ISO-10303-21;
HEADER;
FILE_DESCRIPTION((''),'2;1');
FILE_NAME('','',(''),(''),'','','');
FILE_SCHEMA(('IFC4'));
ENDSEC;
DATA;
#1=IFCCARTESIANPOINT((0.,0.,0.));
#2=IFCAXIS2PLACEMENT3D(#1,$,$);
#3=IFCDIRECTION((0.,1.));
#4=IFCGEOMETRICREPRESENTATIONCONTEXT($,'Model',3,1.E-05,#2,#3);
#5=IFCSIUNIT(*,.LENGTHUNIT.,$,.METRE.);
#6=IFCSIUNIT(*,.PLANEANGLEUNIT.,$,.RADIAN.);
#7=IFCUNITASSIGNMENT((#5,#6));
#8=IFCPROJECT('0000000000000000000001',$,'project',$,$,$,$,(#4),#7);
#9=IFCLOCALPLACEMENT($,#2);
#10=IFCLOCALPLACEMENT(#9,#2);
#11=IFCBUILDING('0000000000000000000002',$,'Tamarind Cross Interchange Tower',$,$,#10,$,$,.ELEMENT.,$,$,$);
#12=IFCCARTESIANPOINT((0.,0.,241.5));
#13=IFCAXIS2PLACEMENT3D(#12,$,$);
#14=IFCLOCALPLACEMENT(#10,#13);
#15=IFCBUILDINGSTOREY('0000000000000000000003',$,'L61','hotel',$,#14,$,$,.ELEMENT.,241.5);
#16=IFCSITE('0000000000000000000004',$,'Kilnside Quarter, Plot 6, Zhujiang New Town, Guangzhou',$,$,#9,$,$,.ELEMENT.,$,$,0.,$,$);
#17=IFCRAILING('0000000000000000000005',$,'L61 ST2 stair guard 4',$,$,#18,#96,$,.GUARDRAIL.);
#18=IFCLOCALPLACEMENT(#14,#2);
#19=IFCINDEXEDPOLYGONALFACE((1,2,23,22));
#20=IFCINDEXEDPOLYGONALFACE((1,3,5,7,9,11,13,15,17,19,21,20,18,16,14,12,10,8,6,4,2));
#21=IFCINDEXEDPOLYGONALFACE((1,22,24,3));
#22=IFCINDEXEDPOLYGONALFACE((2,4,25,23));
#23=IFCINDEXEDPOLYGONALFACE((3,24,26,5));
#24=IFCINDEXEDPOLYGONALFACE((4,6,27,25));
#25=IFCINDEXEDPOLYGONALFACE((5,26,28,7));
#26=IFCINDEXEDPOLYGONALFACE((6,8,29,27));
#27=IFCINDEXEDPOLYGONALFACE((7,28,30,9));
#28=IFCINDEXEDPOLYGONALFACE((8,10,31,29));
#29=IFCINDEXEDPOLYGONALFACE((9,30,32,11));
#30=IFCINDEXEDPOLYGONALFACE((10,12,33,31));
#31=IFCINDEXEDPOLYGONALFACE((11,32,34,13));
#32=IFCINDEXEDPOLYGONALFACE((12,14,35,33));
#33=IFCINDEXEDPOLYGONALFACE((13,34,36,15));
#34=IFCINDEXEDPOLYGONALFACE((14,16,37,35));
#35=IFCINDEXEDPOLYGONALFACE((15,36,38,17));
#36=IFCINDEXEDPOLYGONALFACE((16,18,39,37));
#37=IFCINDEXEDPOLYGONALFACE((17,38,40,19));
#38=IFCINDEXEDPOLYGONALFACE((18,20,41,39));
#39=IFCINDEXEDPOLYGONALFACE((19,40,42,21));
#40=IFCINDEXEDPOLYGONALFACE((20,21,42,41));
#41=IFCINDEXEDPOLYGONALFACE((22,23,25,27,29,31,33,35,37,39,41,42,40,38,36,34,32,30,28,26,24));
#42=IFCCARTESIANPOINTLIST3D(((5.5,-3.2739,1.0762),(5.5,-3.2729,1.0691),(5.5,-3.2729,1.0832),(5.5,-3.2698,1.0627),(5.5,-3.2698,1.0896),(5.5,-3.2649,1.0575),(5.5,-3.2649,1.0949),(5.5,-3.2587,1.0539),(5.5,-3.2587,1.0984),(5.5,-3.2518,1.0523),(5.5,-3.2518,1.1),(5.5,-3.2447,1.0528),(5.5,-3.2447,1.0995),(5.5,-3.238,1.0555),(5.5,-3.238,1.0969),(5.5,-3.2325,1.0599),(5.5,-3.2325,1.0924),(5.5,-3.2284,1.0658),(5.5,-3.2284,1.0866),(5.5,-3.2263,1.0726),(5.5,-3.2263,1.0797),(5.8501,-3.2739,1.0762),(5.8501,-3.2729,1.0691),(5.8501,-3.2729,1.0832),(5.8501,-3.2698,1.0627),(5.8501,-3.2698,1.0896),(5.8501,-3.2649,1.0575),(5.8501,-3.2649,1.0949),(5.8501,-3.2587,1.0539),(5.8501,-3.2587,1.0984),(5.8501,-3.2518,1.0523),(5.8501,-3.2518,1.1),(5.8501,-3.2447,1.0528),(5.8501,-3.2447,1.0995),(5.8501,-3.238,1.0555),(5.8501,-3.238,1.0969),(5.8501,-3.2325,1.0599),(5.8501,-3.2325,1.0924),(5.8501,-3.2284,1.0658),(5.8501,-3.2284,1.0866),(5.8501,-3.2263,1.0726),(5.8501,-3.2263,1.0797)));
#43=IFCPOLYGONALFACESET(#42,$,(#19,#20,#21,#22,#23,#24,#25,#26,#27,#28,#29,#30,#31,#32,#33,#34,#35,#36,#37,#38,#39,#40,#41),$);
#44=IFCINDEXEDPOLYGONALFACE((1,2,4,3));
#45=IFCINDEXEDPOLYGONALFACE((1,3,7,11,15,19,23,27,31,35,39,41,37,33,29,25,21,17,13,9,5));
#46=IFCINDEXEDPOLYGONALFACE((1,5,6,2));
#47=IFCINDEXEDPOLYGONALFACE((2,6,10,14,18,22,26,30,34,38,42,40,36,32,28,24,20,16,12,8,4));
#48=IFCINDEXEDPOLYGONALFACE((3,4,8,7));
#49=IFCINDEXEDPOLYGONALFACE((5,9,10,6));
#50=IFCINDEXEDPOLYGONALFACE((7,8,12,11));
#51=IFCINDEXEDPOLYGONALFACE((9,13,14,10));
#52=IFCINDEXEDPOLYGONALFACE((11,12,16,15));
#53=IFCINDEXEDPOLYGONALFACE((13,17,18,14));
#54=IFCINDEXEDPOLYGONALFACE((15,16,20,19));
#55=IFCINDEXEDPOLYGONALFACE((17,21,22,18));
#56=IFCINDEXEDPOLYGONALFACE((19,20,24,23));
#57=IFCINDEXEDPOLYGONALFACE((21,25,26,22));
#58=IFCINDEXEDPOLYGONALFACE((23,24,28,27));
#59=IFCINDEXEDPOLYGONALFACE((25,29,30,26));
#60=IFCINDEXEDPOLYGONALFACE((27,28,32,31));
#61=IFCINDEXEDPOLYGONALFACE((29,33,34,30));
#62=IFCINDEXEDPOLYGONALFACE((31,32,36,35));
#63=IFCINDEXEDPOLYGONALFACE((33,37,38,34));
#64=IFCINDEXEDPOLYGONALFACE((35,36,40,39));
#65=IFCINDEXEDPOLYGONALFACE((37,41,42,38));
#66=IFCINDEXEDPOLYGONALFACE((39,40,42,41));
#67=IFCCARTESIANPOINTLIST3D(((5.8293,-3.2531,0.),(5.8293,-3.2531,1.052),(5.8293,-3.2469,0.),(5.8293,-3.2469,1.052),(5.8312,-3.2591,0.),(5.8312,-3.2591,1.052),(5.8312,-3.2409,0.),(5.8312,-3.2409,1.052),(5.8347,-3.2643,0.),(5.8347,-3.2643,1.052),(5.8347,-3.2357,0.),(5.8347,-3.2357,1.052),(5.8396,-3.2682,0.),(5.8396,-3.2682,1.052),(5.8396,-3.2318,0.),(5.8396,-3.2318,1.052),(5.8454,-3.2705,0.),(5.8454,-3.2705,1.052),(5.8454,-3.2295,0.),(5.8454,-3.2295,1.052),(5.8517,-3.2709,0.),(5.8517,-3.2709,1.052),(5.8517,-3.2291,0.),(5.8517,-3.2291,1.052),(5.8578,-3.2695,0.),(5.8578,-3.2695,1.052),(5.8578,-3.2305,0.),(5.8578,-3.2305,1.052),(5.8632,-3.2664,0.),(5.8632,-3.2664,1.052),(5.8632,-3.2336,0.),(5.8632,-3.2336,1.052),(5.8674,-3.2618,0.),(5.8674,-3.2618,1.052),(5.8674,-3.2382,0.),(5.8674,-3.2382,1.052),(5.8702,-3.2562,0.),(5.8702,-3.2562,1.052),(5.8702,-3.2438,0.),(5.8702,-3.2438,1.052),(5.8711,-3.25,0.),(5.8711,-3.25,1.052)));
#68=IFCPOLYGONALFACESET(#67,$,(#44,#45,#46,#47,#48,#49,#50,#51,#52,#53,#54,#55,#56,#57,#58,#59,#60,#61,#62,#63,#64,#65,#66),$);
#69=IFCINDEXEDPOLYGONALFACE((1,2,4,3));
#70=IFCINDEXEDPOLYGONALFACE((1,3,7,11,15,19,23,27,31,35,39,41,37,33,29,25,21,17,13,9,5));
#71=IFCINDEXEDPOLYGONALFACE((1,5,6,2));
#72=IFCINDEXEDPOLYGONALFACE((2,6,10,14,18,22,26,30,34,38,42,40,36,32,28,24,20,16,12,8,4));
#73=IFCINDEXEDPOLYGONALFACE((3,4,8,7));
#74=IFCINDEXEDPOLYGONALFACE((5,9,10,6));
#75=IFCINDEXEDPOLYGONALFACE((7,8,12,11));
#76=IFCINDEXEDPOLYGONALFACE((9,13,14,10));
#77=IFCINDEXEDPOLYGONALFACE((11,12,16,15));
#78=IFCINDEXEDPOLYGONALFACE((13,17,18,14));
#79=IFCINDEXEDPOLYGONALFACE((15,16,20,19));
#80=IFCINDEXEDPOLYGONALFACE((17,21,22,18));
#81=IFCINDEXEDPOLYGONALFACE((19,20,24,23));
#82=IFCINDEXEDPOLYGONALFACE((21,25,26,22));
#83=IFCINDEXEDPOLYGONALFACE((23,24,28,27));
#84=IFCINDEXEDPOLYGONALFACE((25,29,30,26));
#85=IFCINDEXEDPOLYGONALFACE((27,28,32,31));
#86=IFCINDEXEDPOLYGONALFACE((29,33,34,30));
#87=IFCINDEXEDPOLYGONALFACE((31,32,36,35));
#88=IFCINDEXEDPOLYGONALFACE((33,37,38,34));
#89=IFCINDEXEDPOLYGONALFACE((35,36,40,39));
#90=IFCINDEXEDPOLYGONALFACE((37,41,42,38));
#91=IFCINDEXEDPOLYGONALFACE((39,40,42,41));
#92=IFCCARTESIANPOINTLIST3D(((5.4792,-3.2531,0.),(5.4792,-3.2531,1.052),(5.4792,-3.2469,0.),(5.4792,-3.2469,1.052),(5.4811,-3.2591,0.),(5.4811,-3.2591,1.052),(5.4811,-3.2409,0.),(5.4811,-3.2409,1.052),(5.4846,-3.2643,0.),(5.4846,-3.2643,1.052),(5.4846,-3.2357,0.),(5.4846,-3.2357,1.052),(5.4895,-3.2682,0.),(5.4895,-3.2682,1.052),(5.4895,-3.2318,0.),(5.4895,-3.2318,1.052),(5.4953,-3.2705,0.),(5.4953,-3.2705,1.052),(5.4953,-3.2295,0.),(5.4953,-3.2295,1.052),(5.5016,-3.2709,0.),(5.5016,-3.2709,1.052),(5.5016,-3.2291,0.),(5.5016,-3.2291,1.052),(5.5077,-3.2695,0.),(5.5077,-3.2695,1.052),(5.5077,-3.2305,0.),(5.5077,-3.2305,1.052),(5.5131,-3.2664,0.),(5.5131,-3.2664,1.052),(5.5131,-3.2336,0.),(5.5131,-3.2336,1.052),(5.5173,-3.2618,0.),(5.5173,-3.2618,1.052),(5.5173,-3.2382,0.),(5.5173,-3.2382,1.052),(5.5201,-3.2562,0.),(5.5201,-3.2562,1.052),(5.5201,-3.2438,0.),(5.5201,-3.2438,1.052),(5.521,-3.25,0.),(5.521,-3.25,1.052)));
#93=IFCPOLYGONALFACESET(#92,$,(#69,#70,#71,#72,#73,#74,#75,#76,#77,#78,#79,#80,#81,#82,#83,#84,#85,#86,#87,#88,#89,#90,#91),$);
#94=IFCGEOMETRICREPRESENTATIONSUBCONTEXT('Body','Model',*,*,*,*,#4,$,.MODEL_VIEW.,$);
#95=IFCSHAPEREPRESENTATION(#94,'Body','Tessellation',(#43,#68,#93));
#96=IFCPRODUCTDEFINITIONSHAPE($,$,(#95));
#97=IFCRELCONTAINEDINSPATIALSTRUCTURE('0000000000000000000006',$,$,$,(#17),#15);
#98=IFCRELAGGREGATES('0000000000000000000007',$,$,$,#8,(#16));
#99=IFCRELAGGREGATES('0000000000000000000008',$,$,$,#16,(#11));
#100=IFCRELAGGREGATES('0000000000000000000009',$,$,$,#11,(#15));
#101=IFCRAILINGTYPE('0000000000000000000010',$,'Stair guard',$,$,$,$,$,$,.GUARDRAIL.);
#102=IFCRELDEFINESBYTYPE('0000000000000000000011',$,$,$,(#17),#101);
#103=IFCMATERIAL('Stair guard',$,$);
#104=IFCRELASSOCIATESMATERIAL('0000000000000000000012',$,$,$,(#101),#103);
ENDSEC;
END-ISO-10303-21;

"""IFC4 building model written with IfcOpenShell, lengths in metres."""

from ifc_helpers import new_model, si_unit, direction, frame, origin, origin_2d, place, context, subcontext, project, spatial, circle, extrude, material, type_object, element, save


model = new_model("IFC4")

# Units and contexts
model_context = context("Model", 3, precision=1e-05, world=origin(), true_north=direction((0.0, 1.0)))
body_context = subcontext(model_context, "Body", "Model", "MODEL_VIEW")
ifc_project = project(units=[si_unit("LENGTHUNIT", "METRE"), si_unit("PLANEANGLEUNIT", "RADIAN")], contexts=[model_context])

# Site, building, storey
site_placement = place(None, origin())
site = spatial("IfcSite", under=ifc_project, at=site_placement, Name="Kilnside Quarter, Plot 6, Zhujiang New Town, Guangzhou", CompositionType="ELEMENT", RefElevation=0.0)
building_placement = place(site_placement, origin())
building = spatial("IfcBuilding", under=site, at=building_placement, Name="Tamarind Cross Interchange Tower", CompositionType="ELEMENT")
storey_placement = place(building_placement, frame((0.0, 0.0, 241.5)))
storey = spatial("IfcBuildingStorey", under=building, at=storey_placement, Name="L61", Description="hotel", CompositionType="ELEMENT", Elevation=241.5)

# Railing
ifc_material_1 = material(Name="Stair guard")
railing_type = type_object("IfcRailingType", Name="Stair guard", PredefinedType="GUARDRAIL", material=ifc_material_1)
railing_1_placement = place(storey_placement, frame((5.8501, -3.25, 0.0)))
element("IfcRailing", 1, at=railing_1_placement, inside=storey, type_object=railing_type, Name="L61 ST2 stair guard 4", PredefinedType="GUARDRAIL", context=body_context, shape_type="SweptSolid", body=[
    extrude(circle(Radius=0.0239, at=origin_2d()), frame((0.0, 0.0, 1.0762), z_axis=(-1.0, 0.0, 0.0), x_axis=(0.0, -1.0, 0.0)), (0.0, 0.0, 1.0), 0.3501),
    extrude(circle(Radius=0.021, at=origin_2d()), origin(), (0.0, 0.0, 1.0), 1.052),
    extrude(circle(Radius=0.021, at=origin_2d()), frame((-0.3501, 0.0, 0.0)), (0.0, 0.0, 1.0), 1.052),
])

save(model, "model.ifc")
